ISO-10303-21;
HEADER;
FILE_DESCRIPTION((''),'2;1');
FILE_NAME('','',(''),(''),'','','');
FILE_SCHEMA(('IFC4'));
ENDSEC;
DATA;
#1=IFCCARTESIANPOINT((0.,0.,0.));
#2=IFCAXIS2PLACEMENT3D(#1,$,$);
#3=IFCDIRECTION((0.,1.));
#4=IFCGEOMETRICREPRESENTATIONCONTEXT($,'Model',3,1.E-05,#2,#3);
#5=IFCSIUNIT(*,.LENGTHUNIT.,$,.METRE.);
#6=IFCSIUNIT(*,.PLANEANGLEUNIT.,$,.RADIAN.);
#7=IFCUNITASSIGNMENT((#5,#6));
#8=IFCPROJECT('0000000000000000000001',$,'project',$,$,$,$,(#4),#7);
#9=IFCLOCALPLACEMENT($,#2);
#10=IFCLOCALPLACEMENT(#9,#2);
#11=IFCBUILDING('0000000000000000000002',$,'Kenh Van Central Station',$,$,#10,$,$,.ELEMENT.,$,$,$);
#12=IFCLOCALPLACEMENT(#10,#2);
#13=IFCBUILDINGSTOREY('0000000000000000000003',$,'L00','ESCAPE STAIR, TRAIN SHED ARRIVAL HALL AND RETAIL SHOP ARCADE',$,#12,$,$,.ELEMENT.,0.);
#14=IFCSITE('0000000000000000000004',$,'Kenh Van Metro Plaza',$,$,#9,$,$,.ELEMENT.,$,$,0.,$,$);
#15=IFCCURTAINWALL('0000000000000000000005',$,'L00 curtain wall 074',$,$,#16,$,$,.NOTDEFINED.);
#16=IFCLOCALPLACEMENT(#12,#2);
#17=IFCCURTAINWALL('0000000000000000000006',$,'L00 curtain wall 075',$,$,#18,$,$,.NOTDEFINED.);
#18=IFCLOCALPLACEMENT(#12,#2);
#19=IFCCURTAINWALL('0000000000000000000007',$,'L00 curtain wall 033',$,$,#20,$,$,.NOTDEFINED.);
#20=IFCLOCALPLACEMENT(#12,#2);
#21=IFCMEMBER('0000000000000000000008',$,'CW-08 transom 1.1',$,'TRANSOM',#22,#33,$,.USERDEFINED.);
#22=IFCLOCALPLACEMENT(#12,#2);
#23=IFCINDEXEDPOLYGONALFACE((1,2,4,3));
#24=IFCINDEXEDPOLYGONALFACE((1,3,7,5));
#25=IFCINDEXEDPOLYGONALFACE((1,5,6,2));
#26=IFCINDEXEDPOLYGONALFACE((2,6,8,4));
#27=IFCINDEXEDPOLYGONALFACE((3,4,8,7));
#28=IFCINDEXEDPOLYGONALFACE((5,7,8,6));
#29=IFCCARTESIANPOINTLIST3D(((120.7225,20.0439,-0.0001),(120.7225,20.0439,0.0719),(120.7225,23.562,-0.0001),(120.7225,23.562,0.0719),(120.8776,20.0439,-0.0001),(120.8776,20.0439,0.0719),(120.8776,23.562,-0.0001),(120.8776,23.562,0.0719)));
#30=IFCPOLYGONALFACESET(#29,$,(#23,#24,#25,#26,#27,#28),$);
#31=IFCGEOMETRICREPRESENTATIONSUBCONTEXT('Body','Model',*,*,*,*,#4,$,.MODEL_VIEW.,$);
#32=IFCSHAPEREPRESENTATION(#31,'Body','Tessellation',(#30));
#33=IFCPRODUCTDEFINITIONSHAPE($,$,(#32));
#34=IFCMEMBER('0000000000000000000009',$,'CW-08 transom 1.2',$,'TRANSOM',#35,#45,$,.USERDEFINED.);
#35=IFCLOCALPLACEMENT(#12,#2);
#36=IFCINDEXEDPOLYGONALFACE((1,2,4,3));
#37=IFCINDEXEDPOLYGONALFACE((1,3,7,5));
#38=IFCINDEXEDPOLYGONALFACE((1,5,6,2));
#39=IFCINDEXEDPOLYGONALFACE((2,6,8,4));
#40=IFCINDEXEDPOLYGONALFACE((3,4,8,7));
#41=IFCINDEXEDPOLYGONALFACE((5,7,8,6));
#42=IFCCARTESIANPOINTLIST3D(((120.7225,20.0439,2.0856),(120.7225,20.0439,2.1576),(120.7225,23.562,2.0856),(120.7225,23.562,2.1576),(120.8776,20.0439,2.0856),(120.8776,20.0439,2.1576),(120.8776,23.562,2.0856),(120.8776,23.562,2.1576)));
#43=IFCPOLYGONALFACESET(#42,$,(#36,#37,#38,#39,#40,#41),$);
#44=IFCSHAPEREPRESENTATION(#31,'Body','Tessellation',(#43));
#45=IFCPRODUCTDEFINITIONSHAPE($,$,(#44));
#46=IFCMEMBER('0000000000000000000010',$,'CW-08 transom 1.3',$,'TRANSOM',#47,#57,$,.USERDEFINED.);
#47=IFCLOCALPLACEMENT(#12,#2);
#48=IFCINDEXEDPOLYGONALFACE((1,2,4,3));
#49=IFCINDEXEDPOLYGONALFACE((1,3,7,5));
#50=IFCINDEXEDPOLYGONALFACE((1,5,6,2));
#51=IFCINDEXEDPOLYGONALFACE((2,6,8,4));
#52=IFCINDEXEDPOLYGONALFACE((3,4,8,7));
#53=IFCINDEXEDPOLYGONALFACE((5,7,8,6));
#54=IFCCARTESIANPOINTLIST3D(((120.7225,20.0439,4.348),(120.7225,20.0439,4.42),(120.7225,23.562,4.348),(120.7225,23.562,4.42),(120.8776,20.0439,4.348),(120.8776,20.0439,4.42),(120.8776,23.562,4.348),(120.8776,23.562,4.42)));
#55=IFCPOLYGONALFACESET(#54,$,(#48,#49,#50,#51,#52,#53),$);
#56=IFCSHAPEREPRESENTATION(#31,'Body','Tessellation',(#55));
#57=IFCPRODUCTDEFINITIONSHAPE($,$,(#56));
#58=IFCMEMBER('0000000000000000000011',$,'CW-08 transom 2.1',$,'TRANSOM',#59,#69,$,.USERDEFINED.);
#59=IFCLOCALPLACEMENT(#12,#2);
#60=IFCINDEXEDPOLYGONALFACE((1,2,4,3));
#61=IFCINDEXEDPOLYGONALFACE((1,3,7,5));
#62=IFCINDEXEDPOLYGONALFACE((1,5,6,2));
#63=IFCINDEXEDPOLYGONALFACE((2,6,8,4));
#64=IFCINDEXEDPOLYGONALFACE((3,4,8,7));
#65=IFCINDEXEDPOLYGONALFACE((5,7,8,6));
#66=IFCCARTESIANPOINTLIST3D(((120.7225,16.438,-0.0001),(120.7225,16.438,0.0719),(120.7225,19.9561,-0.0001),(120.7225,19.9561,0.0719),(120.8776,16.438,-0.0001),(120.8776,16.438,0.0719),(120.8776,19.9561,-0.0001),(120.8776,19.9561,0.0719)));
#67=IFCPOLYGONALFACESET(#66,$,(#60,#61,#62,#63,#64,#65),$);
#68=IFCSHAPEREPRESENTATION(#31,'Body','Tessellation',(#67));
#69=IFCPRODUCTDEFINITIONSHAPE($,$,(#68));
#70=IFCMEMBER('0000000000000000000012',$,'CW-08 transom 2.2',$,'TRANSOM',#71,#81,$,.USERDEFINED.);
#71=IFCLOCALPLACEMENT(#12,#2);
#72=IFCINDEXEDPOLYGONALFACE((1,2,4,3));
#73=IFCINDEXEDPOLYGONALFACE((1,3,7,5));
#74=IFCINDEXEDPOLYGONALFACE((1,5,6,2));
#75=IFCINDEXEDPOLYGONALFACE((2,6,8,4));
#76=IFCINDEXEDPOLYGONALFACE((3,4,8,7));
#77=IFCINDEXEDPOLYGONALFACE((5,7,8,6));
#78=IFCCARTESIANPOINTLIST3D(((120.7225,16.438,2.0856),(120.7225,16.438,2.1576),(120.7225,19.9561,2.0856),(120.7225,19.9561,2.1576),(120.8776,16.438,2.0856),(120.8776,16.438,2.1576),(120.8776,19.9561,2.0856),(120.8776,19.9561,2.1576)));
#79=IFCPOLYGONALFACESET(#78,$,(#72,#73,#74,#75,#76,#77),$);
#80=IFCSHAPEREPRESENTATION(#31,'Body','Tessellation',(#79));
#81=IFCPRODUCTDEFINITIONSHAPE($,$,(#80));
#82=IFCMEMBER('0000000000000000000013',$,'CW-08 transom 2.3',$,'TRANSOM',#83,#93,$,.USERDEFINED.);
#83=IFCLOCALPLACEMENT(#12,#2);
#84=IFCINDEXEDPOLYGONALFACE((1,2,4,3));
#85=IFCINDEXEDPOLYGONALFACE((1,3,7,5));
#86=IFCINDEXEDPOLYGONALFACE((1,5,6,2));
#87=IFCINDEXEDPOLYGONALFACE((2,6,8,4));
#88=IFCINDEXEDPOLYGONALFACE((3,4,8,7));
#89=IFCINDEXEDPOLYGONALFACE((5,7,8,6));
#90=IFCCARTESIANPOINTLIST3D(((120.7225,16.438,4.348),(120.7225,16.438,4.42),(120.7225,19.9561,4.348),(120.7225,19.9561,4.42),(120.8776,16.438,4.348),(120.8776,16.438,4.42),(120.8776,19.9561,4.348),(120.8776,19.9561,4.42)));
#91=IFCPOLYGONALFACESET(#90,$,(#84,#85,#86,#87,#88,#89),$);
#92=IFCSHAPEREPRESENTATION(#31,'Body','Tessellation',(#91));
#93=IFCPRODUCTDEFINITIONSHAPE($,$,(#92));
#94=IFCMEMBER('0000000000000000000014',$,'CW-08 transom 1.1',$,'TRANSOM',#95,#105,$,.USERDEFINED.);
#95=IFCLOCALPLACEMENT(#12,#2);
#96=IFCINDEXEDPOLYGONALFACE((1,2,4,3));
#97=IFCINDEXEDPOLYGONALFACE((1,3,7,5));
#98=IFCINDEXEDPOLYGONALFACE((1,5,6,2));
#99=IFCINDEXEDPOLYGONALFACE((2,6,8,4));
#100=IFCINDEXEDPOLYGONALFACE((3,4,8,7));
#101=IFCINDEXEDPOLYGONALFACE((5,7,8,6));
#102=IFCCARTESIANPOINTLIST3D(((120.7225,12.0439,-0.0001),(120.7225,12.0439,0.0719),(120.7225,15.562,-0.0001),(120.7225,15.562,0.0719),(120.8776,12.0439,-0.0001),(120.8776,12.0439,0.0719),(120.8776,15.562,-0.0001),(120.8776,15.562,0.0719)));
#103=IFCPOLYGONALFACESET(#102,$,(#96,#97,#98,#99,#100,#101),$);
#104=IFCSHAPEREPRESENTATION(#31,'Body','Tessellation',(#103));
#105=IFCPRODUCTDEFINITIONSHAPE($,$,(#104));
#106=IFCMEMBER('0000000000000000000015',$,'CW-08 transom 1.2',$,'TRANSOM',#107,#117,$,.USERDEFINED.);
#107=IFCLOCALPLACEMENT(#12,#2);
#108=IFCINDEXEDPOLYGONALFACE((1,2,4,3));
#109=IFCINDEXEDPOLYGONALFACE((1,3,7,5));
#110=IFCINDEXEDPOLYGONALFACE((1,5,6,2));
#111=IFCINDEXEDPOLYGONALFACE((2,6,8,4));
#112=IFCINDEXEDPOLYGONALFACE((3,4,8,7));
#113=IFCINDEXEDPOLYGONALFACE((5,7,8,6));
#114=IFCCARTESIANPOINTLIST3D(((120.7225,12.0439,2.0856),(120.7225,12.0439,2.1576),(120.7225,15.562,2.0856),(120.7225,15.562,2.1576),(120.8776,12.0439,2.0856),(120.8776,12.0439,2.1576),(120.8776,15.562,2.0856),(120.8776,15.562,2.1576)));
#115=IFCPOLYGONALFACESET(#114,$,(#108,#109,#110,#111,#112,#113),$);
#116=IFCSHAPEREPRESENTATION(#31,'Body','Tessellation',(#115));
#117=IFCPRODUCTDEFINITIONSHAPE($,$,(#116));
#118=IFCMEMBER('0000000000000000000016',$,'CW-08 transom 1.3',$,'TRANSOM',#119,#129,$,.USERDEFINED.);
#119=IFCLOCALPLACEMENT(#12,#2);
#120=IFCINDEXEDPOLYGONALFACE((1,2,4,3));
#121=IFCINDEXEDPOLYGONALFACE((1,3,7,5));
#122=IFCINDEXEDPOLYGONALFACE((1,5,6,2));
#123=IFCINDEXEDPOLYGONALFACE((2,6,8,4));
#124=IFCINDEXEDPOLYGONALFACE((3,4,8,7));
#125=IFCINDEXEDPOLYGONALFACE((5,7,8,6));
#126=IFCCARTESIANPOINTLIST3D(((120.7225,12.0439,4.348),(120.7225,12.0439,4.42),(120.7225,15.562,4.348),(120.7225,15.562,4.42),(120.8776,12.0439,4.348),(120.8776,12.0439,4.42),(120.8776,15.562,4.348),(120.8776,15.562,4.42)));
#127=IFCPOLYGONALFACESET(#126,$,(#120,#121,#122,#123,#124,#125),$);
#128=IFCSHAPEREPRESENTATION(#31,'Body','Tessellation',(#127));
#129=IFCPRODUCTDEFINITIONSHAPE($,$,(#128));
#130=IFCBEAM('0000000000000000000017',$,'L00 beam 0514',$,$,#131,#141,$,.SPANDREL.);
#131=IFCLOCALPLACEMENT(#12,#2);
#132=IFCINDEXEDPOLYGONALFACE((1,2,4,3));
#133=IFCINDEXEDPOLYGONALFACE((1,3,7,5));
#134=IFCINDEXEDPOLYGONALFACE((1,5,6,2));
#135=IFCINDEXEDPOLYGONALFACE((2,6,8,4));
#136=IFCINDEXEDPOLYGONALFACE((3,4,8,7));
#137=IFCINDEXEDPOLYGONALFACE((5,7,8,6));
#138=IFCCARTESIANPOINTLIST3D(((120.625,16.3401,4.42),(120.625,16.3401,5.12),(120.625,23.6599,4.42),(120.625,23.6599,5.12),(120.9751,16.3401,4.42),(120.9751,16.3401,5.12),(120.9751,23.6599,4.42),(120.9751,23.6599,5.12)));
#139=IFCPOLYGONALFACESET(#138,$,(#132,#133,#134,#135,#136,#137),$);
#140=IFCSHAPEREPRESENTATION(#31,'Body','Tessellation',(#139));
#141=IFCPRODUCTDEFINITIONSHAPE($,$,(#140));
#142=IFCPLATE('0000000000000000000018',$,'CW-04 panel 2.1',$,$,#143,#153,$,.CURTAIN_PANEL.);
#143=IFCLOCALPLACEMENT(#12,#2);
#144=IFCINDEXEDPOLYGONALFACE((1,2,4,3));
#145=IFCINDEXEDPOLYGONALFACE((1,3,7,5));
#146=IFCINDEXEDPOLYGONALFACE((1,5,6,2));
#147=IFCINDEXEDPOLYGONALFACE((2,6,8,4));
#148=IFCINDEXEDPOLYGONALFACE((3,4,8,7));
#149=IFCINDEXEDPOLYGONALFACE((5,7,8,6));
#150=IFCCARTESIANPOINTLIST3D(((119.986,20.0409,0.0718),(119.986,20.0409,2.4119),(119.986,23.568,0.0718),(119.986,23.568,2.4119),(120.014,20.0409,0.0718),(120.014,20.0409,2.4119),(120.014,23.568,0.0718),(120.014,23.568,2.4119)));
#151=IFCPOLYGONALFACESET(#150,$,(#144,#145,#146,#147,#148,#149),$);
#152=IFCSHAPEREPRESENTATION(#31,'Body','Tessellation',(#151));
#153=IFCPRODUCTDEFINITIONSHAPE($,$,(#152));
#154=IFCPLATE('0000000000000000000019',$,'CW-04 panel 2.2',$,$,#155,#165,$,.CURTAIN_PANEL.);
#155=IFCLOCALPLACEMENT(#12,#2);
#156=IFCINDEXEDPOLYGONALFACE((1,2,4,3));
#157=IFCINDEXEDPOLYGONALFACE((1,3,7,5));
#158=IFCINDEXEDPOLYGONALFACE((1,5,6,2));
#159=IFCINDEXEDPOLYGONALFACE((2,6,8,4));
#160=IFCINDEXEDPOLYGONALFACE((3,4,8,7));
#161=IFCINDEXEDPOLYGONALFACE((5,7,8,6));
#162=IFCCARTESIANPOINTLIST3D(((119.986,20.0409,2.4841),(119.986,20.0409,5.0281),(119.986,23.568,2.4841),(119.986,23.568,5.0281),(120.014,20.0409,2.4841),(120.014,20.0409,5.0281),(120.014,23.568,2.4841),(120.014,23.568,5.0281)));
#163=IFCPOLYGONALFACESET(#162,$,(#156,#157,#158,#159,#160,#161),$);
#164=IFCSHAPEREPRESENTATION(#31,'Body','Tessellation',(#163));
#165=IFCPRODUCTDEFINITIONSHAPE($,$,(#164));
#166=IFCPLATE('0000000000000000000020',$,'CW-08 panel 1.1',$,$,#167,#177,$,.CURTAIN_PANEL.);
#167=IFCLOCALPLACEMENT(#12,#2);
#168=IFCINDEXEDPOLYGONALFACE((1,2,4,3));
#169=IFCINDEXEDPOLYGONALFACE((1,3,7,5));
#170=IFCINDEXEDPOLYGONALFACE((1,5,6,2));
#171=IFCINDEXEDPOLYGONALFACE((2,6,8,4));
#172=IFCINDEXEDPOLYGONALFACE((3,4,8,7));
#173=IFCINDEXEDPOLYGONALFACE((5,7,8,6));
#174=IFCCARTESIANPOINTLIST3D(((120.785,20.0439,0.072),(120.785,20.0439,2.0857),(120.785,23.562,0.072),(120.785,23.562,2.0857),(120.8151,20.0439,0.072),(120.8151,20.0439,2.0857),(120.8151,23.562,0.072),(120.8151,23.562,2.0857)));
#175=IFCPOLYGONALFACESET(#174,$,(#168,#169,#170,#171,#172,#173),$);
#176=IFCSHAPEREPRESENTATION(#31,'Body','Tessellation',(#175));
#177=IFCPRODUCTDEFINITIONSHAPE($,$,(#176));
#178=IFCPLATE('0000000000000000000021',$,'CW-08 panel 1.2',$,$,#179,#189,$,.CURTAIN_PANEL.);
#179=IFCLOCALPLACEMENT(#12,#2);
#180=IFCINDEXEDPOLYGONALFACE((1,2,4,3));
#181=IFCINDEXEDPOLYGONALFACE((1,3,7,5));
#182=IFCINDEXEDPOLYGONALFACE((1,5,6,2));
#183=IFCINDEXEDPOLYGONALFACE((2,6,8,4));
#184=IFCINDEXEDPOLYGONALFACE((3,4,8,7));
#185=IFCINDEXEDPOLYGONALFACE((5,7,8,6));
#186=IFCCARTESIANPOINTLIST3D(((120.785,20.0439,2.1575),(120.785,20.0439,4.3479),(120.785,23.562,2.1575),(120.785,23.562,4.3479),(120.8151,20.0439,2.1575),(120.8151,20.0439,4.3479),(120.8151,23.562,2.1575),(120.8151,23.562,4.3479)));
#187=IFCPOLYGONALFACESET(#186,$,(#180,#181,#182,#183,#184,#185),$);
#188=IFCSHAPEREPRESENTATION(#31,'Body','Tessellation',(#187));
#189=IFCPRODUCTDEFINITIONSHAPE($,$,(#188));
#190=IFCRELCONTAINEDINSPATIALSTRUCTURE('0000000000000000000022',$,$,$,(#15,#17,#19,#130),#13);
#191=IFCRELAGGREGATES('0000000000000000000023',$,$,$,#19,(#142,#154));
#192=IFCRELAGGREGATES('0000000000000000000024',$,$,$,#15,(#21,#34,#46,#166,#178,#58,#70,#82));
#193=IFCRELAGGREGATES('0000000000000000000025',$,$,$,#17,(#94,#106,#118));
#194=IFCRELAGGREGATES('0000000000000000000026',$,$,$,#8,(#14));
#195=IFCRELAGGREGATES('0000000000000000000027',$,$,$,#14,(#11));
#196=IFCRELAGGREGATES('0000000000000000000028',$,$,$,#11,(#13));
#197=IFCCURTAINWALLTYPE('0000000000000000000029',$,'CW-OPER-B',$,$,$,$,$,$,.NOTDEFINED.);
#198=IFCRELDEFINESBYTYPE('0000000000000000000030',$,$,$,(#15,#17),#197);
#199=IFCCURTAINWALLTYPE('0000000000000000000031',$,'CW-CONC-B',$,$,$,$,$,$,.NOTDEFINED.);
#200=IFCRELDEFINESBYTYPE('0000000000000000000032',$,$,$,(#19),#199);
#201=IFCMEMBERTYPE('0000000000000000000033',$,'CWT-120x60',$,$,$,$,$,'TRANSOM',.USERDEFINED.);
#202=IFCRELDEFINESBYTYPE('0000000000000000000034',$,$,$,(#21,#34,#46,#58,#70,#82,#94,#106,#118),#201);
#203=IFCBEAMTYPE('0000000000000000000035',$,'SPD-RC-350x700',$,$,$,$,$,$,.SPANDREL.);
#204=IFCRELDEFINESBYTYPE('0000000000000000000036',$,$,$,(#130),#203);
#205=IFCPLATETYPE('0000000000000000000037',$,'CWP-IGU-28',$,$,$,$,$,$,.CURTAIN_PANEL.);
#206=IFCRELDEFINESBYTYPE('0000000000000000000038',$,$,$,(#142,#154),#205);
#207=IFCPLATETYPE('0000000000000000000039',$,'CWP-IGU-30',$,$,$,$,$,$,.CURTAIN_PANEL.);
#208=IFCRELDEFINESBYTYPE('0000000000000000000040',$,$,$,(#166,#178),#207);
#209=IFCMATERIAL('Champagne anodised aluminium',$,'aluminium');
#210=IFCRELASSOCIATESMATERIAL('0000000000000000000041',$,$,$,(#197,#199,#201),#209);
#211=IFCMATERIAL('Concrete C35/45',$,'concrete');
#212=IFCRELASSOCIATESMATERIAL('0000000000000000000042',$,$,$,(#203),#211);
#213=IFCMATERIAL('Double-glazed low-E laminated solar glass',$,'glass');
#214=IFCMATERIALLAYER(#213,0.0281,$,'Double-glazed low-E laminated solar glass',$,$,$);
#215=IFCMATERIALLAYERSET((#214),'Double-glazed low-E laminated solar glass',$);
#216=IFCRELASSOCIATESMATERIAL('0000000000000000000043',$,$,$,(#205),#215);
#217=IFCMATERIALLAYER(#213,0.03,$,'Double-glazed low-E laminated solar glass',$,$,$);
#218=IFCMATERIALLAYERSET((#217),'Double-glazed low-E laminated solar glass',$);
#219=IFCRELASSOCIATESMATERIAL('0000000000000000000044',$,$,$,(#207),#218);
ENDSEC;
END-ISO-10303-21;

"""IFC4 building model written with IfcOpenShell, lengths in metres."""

from ifc_helpers import new_model, si_unit, direction, frame, origin, origin_2d, place, context, subcontext, project, spatial, rectangle, extrude, material, layer, layer_set, material_profile, profile_set, type_object, element, aggregate, save


model = new_model("IFC4")

# Units and contexts
model_context = context("Model", 3, precision=1e-05, world=origin(), true_north=direction((0.0, 1.0)))
body_context = subcontext(model_context, "Body", "Model", "MODEL_VIEW")
ifc_project = project(units=[si_unit("LENGTHUNIT", "METRE"), si_unit("PLANEANGLEUNIT", "RADIAN")], contexts=[model_context])

# Site, building, storey
site_placement = place(None, origin())
site = spatial("IfcSite", under=ifc_project, at=site_placement, Name="Kenh Van Metro Plaza", CompositionType="ELEMENT", RefElevation=0.0)
building_placement = place(site_placement, origin())
building = spatial("IfcBuilding", under=site, at=building_placement, Name="Kenh Van Central Station", CompositionType="ELEMENT")
storey_placement = place(building_placement, origin())
storey = spatial("IfcBuildingStorey", under=building, at=storey_placement, Name="L00", Description="ESCAPE STAIR, TRAIN SHED ARRIVAL HALL AND RETAIL SHOP ARCADE", CompositionType="ELEMENT", Elevation=0.0)

# Shared definitions
ifc_material_1 = material(Name="Concrete C35/45", Category="concrete")

# Curtain wall
ifc_material_2 = material(Name="Champagne anodised aluminium", Category="aluminium")
curtain_wall_type_1 = type_object("IfcCurtainWallType", Name="CW-OPER-B", PredefinedType="NOTDEFINED", material=ifc_material_2)
curtain_wall_1_placement = place(storey_placement, origin())
curtain_wall_1 = element("IfcCurtainWall", 1, at=curtain_wall_1_placement, inside=storey, type_object=curtain_wall_type_1, Name="L00 curtain wall 074", PredefinedType="NOTDEFINED")

# Curtain wall
curtain_wall_2_placement = place(storey_placement, origin())
curtain_wall_2 = element("IfcCurtainWall", 2, at=curtain_wall_2_placement, inside=storey, type_object=curtain_wall_type_1, Name="L00 curtain wall 075", PredefinedType="NOTDEFINED")

# Curtain wall
curtain_wall_type_2 = type_object("IfcCurtainWallType", Name="CW-CONC-B", PredefinedType="NOTDEFINED", material=ifc_material_2)
curtain_wall_3_placement = place(storey_placement, origin())
curtain_wall_3 = element("IfcCurtainWall", 3, at=curtain_wall_3_placement, inside=storey, type_object=curtain_wall_type_2, Name="L00 curtain wall 033", PredefinedType="NOTDEFINED")
ifc_material_profile_1 = material_profile(ifc_material_2, rectangle(XDim=0.155, YDim=0.072, at=origin_2d()), Name="AL 155x72")
ifc_profile_set_1 = profile_set([ifc_material_profile_1], Name="Champagne anodised aluminium")
member_type_1 = type_object("IfcMemberType", Name="CWT-120x60", ElementType="TRANSOM", PredefinedType="USERDEFINED", material=ifc_profile_set_1)

# Members
member_1_placement = place(storey_placement, frame((120.8, 23.562, 0.0359), z_axis=(0.0, -1.0, 0.0), x_axis=(1.0, 0.0, 0.0)))
member_1 = element("IfcMember", 4, at=member_1_placement, type_object=member_type_1, Name="CW-08 transom 1.1", ObjectType="TRANSOM", PredefinedType="USERDEFINED", context=body_context, shape_type="SweptSolid", body=[
    extrude(rectangle(XDim=0.155, YDim=0.072, at=origin_2d()), origin(), (0.0, 0.0, 1.0), 3.5181),
])
member_2_placement = place(storey_placement, frame((120.8, 23.562, 2.1216), z_axis=(0.0, -1.0, 0.0), x_axis=(1.0, 0.0, 0.0)))
member_2 = element("IfcMember", 5, at=member_2_placement, type_object=member_type_1, Name="CW-08 transom 1.2", ObjectType="TRANSOM", PredefinedType="USERDEFINED", context=body_context, shape_type="SweptSolid", body=[
    extrude(rectangle(XDim=0.155, YDim=0.072, at=origin_2d()), origin(), (0.0, 0.0, 1.0), 3.5181),
])
member_3_placement = place(storey_placement, frame((120.8, 23.562, 4.384), z_axis=(0.0, -1.0, 0.0), x_axis=(1.0, 0.0, 0.0)))
member_3 = element("IfcMember", 6, at=member_3_placement, type_object=member_type_1, Name="CW-08 transom 1.3", ObjectType="TRANSOM", PredefinedType="USERDEFINED", context=body_context, shape_type="SweptSolid", body=[
    extrude(rectangle(XDim=0.155, YDim=0.072, at=origin_2d()), origin(), (0.0, 0.0, 1.0), 3.5181),
])
member_4_placement = place(storey_placement, frame((120.8, 19.9561, 0.0359), z_axis=(0.0, -1.0, 0.0), x_axis=(1.0, 0.0, 0.0)))
member_4 = element("IfcMember", 7, at=member_4_placement, type_object=member_type_1, Name="CW-08 transom 2.1", ObjectType="TRANSOM", PredefinedType="USERDEFINED", context=body_context, shape_type="SweptSolid", body=[
    extrude(rectangle(XDim=0.155, YDim=0.072, at=origin_2d()), origin(), (0.0, 0.0, 1.0), 3.5181),
])
member_5_placement = place(storey_placement, frame((120.8, 19.9561, 2.1216), z_axis=(0.0, -1.0, 0.0), x_axis=(1.0, 0.0, 0.0)))
member_5 = element("IfcMember", 8, at=member_5_placement, type_object=member_type_1, Name="CW-08 transom 2.2", ObjectType="TRANSOM", PredefinedType="USERDEFINED", context=body_context, shape_type="SweptSolid", body=[
    extrude(rectangle(XDim=0.155, YDim=0.072, at=origin_2d()), origin(), (0.0, 0.0, 1.0), 3.5181),
])
member_6_placement = place(storey_placement, frame((120.8, 19.9561, 4.384), z_axis=(0.0, -1.0, 0.0), x_axis=(1.0, 0.0, 0.0)))
member_6 = element("IfcMember", 9, at=member_6_placement, type_object=member_type_1, Name="CW-08 transom 2.3", ObjectType="TRANSOM", PredefinedType="USERDEFINED", context=body_context, shape_type="SweptSolid", body=[
    extrude(rectangle(XDim=0.155, YDim=0.072, at=origin_2d()), origin(), (0.0, 0.0, 1.0), 3.5181),
])
member_7_placement = place(storey_placement, frame((120.8, 15.562, 0.0359), z_axis=(0.0, -1.0, 0.0), x_axis=(1.0, 0.0, 0.0)))
member_7 = element("IfcMember", 10, at=member_7_placement, type_object=member_type_1, Name="CW-08 transom 1.1", ObjectType="TRANSOM", PredefinedType="USERDEFINED", context=body_context, shape_type="SweptSolid", body=[
    extrude(rectangle(XDim=0.155, YDim=0.072, at=origin_2d()), origin(), (0.0, 0.0, 1.0), 3.5181),
])
member_8_placement = place(storey_placement, frame((120.8, 15.562, 2.1216), z_axis=(0.0, -1.0, 0.0), x_axis=(1.0, 0.0, 0.0)))
member_8 = element("IfcMember", 11, at=member_8_placement, type_object=member_type_1, Name="CW-08 transom 1.2", ObjectType="TRANSOM", PredefinedType="USERDEFINED", context=body_context, shape_type="SweptSolid", body=[
    extrude(rectangle(XDim=0.155, YDim=0.072, at=origin_2d()), origin(), (0.0, 0.0, 1.0), 3.5181),
])
member_9_placement = place(storey_placement, frame((120.8, 15.562, 4.384), z_axis=(0.0, -1.0, 0.0), x_axis=(1.0, 0.0, 0.0)))
member_9 = element("IfcMember", 12, at=member_9_placement, type_object=member_type_1, Name="CW-08 transom 1.3", ObjectType="TRANSOM", PredefinedType="USERDEFINED", context=body_context, shape_type="SweptSolid", body=[
    extrude(rectangle(XDim=0.155, YDim=0.072, at=origin_2d()), origin(), (0.0, 0.0, 1.0), 3.5181),
])

# Beam
ifc_material_profile_2 = material_profile(ifc_material_1, rectangle(XDim=0.3501, YDim=0.7, at=origin_2d()), Name="RC 350x700")
ifc_profile_set_2 = profile_set([ifc_material_profile_2], Name="Concrete C35/45")
beam_type_1 = type_object("IfcBeamType", Name="SPD-RC-350x700", PredefinedType="SPANDREL", material=ifc_profile_set_2)
beam_1_placement = place(storey_placement, frame((120.8, 16.3401, 4.77), z_axis=(0.0, 1.0, 0.0), x_axis=(-1.0, 0.0, 0.0)))
element("IfcBeam", 13, at=beam_1_placement, inside=storey, type_object=beam_type_1, Name="L00 beam 0514", PredefinedType="SPANDREL", context=body_context, shape_type="SweptSolid", body=[
    extrude(rectangle(XDim=0.3501, YDim=0.7, at=origin_2d()), origin(), (0.0, 0.0, 1.0), 7.3198),
])

# Plates
ifc_material_3 = material(Name="Double-glazed low-E laminated solar glass", Category="glass")
ifc_layer_1 = layer(ifc_material_3, 0.0281, Name="Double-glazed low-E laminated solar glass")
ifc_layer_set_1 = layer_set([ifc_layer_1], Name="Double-glazed low-E laminated solar glass")
plate_type_1 = type_object("IfcPlateType", Name="CWP-IGU-28", PredefinedType="CURTAIN_PANEL", material=ifc_layer_set_1)
plate_1_placement = place(storey_placement, frame((120.0, 21.8044, 0.0718), z_axis=(0.0, 0.0, 1.0), x_axis=(0.0, 1.0, 0.0)))
plate_1 = element("IfcPlate", 14, at=plate_1_placement, type_object=plate_type_1, Name="CW-04 panel 2.1", PredefinedType="CURTAIN_PANEL", context=body_context, shape_type="SweptSolid", body=[
    extrude(rectangle(XDim=3.5271, YDim=0.0281, at=origin_2d()), origin(), (0.0, 0.0, 1.0), 2.3401),
])
plate_2_placement = place(storey_placement, frame((120.0, 21.8044, 2.4841), z_axis=(0.0, 0.0, 1.0), x_axis=(0.0, 1.0, 0.0)))
plate_2 = element("IfcPlate", 15, at=plate_2_placement, type_object=plate_type_1, Name="CW-04 panel 2.2", PredefinedType="CURTAIN_PANEL", context=body_context, shape_type="SweptSolid", body=[
    extrude(rectangle(XDim=3.5271, YDim=0.0281, at=origin_2d()), origin(), (0.0, 0.0, 1.0), 2.5439),
])
aggregate(curtain_wall_3, [plate_1, plate_2])
ifc_layer_2 = layer(ifc_material_3, 0.03, Name="Double-glazed low-E laminated solar glass")
ifc_layer_set_2 = layer_set([ifc_layer_2], Name="Double-glazed low-E laminated solar glass")
plate_type_2 = type_object("IfcPlateType", Name="CWP-IGU-30", PredefinedType="CURTAIN_PANEL", material=ifc_layer_set_2)
plate_3_placement = place(storey_placement, frame((120.8, 21.803, 0.072), z_axis=(0.0, 0.0, 1.0), x_axis=(0.0, -1.0, 0.0)))
plate_3 = element("IfcPlate", 16, at=plate_3_placement, type_object=plate_type_2, Name="CW-08 panel 1.1", PredefinedType="CURTAIN_PANEL", context=body_context, shape_type="SweptSolid", body=[
    extrude(rectangle(XDim=3.5181, YDim=0.03, at=origin_2d()), origin(), (0.0, 0.0, 1.0), 2.0137),
])
plate_4_placement = place(storey_placement, frame((120.8, 21.803, 2.1575), z_axis=(0.0, 0.0, 1.0), x_axis=(0.0, -1.0, 0.0)))
plate_4 = element("IfcPlate", 17, at=plate_4_placement, type_object=plate_type_2, Name="CW-08 panel 1.2", PredefinedType="CURTAIN_PANEL", context=body_context, shape_type="SweptSolid", body=[
    extrude(rectangle(XDim=3.5181, YDim=0.03, at=origin_2d()), origin(), (0.0, 0.0, 1.0), 2.1904),
])
aggregate(curtain_wall_1, [member_1, member_2, member_3, plate_3, plate_4, member_4, member_5, member_6])
aggregate(curtain_wall_2, [member_7, member_8, member_9])

save(model, "model.ifc")
